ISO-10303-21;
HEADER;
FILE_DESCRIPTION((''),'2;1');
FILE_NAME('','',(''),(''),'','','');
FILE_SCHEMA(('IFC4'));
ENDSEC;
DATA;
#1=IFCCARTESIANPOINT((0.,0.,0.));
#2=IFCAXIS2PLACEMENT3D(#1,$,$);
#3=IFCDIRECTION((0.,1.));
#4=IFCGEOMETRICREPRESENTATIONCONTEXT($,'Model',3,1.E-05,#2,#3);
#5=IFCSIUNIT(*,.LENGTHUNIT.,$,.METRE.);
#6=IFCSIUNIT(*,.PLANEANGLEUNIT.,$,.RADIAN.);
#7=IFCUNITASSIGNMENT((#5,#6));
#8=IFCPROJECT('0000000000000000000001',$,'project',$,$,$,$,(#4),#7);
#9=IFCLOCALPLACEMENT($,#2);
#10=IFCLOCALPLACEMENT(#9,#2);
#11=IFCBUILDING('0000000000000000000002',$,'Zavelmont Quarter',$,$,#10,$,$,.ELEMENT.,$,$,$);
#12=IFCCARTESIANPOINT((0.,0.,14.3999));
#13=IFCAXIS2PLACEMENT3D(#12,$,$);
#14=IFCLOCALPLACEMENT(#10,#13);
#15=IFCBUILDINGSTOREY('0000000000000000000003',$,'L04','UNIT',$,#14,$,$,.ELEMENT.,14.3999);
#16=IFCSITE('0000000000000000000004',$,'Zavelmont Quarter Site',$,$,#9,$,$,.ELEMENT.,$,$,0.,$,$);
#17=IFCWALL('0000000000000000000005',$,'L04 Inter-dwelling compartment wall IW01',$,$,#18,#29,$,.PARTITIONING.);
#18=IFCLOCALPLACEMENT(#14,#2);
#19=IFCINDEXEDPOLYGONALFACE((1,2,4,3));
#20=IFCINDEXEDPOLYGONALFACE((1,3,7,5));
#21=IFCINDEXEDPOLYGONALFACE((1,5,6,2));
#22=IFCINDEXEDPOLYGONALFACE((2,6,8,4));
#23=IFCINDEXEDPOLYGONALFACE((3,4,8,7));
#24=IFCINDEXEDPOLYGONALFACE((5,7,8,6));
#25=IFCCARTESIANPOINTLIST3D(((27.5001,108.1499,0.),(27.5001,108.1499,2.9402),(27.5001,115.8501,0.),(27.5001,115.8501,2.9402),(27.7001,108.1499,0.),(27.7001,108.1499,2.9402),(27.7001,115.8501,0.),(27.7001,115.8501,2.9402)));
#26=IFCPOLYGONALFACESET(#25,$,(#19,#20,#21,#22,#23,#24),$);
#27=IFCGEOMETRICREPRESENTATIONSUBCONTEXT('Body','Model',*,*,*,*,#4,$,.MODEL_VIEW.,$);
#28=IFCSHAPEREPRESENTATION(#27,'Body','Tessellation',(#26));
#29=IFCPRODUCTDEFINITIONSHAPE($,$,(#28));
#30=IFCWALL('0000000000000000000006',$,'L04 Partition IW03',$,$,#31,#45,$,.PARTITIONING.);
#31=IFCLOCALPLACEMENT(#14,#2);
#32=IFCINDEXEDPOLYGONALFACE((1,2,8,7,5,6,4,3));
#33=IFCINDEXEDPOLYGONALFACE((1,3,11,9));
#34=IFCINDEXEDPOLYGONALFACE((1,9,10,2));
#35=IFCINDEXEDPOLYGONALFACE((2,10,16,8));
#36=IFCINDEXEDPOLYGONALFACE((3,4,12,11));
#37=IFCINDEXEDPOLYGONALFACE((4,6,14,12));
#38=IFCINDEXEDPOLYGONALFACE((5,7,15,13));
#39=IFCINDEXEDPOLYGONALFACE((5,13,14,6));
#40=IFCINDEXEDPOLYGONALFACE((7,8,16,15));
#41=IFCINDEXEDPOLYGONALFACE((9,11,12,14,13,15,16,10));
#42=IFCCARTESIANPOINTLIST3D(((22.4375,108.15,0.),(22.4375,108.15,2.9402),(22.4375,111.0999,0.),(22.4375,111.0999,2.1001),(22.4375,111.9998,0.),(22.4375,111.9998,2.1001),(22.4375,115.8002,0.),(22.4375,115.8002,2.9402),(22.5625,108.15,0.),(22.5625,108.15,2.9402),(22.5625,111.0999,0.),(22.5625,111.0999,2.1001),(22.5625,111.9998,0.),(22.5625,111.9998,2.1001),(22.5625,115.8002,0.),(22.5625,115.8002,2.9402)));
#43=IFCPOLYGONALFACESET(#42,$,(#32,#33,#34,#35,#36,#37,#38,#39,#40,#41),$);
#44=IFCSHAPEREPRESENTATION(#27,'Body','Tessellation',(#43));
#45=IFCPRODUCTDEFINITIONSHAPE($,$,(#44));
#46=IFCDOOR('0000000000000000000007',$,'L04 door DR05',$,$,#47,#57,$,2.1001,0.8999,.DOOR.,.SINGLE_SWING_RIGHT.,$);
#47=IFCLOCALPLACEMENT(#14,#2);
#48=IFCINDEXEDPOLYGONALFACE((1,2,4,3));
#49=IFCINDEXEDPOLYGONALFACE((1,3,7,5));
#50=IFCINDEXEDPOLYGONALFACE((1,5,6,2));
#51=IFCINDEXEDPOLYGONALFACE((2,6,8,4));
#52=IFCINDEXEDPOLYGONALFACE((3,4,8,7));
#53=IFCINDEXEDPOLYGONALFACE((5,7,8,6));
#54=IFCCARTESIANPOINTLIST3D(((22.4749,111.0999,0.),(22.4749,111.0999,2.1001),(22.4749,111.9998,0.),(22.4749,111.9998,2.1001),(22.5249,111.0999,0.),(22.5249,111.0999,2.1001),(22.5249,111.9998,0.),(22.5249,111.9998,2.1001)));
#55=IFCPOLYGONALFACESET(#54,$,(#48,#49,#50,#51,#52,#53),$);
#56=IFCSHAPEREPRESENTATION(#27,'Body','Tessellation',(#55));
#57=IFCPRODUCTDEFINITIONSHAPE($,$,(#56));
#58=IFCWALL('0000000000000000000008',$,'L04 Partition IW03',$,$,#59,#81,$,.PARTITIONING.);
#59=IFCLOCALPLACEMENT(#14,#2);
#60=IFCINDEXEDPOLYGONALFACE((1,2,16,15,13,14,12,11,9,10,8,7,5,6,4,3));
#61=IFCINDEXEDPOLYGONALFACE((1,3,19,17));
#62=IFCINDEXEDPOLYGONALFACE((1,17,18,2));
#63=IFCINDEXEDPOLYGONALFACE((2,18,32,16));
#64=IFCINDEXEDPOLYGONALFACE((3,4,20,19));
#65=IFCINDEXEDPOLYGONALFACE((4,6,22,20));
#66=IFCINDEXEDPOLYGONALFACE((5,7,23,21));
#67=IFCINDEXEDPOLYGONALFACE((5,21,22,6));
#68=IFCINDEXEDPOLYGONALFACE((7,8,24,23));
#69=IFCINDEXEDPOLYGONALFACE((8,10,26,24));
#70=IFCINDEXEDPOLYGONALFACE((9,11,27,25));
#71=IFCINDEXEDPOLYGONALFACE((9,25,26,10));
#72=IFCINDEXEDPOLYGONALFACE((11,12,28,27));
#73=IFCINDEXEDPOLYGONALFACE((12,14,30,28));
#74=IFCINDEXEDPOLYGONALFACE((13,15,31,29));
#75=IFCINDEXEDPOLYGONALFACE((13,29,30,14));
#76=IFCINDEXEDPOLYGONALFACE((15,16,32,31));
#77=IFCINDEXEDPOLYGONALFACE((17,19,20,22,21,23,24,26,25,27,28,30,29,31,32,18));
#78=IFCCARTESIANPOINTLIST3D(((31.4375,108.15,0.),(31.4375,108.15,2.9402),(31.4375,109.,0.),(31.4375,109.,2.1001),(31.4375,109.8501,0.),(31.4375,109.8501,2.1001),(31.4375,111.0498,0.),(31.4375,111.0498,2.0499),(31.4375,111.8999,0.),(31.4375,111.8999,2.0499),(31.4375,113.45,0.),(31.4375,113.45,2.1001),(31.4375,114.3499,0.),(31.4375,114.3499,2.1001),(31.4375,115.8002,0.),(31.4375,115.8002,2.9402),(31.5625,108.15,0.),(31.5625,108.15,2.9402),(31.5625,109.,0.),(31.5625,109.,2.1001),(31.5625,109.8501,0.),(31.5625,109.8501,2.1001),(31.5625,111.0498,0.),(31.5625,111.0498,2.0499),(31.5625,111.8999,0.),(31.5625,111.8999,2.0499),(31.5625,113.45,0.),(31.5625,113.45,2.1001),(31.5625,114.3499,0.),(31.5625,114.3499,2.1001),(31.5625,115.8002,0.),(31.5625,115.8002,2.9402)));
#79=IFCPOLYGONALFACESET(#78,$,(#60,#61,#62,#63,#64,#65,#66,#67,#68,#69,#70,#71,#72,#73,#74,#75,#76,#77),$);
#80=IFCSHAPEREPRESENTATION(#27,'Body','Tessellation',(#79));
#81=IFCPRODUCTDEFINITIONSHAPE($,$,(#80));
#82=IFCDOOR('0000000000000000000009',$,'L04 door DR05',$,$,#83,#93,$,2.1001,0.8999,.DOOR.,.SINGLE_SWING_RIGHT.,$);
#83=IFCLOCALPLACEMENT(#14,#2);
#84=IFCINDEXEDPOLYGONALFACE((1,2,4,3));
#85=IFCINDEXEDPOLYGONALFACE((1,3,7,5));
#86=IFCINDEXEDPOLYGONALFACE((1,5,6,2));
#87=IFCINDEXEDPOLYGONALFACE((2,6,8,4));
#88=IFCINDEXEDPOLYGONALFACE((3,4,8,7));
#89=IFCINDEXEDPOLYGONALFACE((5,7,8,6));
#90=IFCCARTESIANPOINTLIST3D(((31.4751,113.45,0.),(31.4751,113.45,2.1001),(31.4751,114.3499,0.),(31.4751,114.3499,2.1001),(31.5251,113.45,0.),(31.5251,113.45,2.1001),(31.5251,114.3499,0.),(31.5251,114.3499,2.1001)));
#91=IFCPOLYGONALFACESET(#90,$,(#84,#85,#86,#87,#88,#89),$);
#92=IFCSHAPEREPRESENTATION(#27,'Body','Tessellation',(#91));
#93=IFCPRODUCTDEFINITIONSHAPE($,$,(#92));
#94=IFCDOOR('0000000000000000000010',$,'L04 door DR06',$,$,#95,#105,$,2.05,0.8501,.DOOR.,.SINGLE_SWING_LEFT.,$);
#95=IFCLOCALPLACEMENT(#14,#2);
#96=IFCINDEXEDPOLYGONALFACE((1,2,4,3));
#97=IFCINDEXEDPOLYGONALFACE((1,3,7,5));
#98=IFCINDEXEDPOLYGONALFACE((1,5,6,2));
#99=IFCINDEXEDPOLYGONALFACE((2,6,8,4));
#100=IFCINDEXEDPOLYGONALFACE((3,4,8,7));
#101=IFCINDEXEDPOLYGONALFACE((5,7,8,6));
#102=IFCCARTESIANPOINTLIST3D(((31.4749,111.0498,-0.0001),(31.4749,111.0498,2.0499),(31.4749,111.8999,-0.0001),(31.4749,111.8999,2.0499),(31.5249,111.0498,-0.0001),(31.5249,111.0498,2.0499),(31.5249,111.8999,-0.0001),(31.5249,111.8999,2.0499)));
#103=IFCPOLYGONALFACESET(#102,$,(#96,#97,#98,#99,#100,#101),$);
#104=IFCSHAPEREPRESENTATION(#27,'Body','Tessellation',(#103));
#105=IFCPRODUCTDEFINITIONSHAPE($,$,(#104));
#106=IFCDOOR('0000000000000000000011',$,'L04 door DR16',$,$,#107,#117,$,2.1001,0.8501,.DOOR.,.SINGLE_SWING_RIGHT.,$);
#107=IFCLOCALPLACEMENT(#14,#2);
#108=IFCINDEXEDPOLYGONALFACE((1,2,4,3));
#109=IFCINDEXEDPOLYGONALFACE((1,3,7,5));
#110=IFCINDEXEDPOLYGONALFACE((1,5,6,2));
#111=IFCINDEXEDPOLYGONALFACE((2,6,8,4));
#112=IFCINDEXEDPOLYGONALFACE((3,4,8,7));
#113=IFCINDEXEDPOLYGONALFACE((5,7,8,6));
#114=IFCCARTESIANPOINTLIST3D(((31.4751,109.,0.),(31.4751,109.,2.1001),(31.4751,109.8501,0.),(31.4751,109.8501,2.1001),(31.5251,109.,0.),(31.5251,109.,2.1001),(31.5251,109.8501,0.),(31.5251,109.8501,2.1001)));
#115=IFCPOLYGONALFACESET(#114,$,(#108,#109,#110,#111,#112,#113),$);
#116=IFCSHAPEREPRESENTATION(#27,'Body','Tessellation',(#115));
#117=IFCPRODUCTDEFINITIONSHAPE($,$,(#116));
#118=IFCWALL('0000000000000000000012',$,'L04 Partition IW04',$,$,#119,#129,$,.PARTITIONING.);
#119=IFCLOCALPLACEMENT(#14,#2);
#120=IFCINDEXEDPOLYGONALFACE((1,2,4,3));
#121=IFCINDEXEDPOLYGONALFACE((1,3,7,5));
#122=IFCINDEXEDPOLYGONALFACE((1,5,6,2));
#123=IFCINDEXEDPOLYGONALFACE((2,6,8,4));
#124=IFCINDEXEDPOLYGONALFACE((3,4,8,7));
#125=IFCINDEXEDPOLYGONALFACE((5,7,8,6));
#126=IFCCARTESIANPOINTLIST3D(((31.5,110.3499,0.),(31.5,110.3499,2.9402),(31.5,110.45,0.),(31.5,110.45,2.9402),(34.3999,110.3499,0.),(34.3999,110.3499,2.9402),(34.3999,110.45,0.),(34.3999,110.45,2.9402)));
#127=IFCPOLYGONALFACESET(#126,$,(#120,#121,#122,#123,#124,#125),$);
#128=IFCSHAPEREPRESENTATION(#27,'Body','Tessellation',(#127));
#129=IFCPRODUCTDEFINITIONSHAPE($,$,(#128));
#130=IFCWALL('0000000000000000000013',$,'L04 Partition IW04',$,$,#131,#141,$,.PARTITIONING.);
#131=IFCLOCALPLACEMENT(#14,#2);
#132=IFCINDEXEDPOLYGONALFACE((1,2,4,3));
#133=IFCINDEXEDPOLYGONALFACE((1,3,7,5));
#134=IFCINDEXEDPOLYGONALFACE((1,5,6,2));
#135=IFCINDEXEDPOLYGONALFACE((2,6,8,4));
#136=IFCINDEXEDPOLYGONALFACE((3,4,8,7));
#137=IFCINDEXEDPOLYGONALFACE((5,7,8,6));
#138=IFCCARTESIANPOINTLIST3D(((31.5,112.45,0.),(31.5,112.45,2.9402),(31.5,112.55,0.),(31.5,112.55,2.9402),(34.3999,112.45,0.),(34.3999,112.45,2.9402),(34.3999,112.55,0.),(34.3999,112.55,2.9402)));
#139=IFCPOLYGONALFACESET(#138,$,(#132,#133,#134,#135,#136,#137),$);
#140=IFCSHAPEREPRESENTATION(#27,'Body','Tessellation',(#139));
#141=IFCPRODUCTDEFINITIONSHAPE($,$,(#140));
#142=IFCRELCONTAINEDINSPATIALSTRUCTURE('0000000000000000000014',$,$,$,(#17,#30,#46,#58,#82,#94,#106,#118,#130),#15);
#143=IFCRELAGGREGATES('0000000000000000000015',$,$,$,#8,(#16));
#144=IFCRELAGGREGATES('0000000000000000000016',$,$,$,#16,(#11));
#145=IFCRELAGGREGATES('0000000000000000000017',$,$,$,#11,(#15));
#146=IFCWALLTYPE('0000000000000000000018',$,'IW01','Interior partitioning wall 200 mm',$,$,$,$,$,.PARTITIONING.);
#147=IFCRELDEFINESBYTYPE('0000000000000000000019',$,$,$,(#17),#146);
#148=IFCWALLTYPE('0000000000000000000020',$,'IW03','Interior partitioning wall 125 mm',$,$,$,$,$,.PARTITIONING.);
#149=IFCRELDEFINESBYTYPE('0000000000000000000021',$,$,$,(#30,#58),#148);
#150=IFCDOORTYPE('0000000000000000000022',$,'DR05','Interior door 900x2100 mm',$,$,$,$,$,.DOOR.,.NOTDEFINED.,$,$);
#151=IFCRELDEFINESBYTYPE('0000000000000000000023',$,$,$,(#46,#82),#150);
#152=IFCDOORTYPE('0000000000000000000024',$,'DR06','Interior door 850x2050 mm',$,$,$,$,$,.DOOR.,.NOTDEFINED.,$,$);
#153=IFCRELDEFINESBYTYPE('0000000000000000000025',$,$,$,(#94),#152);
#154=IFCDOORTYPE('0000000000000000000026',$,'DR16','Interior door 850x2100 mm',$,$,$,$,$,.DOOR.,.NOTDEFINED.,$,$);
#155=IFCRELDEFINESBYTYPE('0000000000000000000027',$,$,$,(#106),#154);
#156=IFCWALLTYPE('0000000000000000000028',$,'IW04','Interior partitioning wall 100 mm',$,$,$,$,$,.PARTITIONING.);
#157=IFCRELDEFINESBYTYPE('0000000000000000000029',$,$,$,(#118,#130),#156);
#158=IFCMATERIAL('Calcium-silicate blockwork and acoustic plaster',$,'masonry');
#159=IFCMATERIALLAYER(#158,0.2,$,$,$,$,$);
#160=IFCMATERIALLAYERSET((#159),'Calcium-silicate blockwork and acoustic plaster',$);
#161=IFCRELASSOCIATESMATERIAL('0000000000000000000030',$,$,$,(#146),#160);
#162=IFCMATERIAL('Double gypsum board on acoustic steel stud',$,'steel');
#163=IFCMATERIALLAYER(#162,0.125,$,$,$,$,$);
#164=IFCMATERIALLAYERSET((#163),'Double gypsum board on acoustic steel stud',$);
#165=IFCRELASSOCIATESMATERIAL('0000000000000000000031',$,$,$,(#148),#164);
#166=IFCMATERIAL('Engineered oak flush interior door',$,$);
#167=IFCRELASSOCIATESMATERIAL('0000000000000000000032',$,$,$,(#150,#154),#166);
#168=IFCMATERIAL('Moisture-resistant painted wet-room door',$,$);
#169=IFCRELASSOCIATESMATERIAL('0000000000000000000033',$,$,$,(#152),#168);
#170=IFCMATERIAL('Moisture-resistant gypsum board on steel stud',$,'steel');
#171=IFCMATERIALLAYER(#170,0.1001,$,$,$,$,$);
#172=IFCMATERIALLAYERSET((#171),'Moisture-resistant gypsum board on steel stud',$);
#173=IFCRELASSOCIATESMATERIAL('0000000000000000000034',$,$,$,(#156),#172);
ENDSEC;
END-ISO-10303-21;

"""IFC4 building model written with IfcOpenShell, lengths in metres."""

from ifc_helpers import new_model, si_unit, direction, frame, frame_2d, origin, origin_with_axes, place, context, subcontext, project, spatial, rectangle, extrude, material, layer, layer_set, type_object, element, fill, save


model = new_model("IFC4")

# Units and contexts
model_context = context("Model", 3, precision=1e-05, world=origin(), true_north=direction((0.0, 1.0)))
body_context = subcontext(model_context, "Body", "Model", "MODEL_VIEW")
ifc_project = project(units=[si_unit("LENGTHUNIT", "METRE"), si_unit("PLANEANGLEUNIT", "RADIAN")], contexts=[model_context])

# Site, building, storey
site_placement = place(None, origin())
site = spatial("IfcSite", under=ifc_project, at=site_placement, Name="Zavelmont Quarter Site", CompositionType="ELEMENT", RefElevation=0.0)
building_placement = place(site_placement, origin())
building = spatial("IfcBuilding", under=site, at=building_placement, Name="Zavelmont Quarter", CompositionType="ELEMENT")
storey_placement = place(building_placement, frame((0.0, 0.0, 14.3999)))
storey = spatial("IfcBuildingStorey", under=building, at=storey_placement, Name="L04", Description="UNIT", CompositionType="ELEMENT", Elevation=14.3999)

# Wall
ifc_material_1 = material(Name="Calcium-silicate blockwork and acoustic plaster", Category="masonry")
ifc_layer_1 = layer(ifc_material_1, 0.2)
ifc_layer_set_1 = layer_set([ifc_layer_1], Name="Calcium-silicate blockwork and acoustic plaster")
wall_type_1 = type_object("IfcWallType", Name="IW01", Description="Interior partitioning wall 200 mm", PredefinedType="PARTITIONING", material=ifc_layer_set_1)
wall_1_placement = place(storey_placement, frame((27.6001, 108.1499, 0.0), z_axis=(0.0, 0.0, 1.0), x_axis=(0.0, 1.0, 0.0)))
element("IfcWall", 1, at=wall_1_placement, inside=storey, type_object=wall_type_1, Name="L04 Inter-dwelling compartment wall IW01", PredefinedType="PARTITIONING", context=body_context, shape_type="SweptSolid", body=[
    extrude(rectangle(XDim=7.7002, YDim=0.2, at=frame_2d((3.8501, 0.0))), origin(), (0.0, 0.0, 1.0), 2.9402),
])

# Wall, opening, door
ifc_material_2 = material(Name="Double gypsum board on acoustic steel stud", Category="steel")
ifc_layer_2 = layer(ifc_material_2, 0.125)
ifc_layer_set_2 = layer_set([ifc_layer_2], Name="Double gypsum board on acoustic steel stud")
wall_type_2 = type_object("IfcWallType", Name="IW03", Description="Interior partitioning wall 125 mm", PredefinedType="PARTITIONING", material=ifc_layer_set_2)
wall_2_placement = place(storey_placement, frame((22.5, 108.1499, 0.0), z_axis=(0.0, 0.0, 1.0), x_axis=(0.0, 1.0, 0.0)))
wall_2 = element("IfcWall", 2, at=wall_2_placement, inside=storey, type_object=wall_type_2, Name="L04 Partition IW03", PredefinedType="PARTITIONING", context=body_context, shape_type="SweptSolid", body=[
    extrude(rectangle(XDim=7.6501, YDim=0.125, at=frame_2d((3.8252, 0.0))), origin(), (0.0, 0.0, 1.0), 2.9402),
])
opening_1_placement = place(wall_2_placement, frame((2.95, 0.0, 0.0)))
opening_1 = element("IfcOpeningElement", 3, at=opening_1_placement, cuts=wall_2, PredefinedType="OPENING", context=body_context, shape_type="SweptSolid", body=[
    extrude(rectangle(XDim=0.8999, YDim=2.1001, at=frame_2d((0.45, 1.05))), frame((0.0, 0.0745, 0.0), z_axis=(0.0, -1.0, 0.0), x_axis=(1.0, 0.0, 0.0)), (0.0, 0.0, 1.0), 0.1489),
])
ifc_material_3 = material(Name="Engineered oak flush interior door")
door_type_1 = type_object("IfcDoorType", Name="DR05", Description="Interior door 900x2100 mm", OperationType="NOTDEFINED", PredefinedType="DOOR", material=ifc_material_3)
door_1_placement = place(opening_1_placement, frame((0.8999, 0.0, 0.0), z_axis=(0.0, 0.0, 1.0), x_axis=(-1.0, 0.0, 0.0)))
door_1 = element("IfcDoor", 4, at=door_1_placement, inside=storey, type_object=door_type_1, Name="L04 door DR05", OperationType="SINGLE_SWING_RIGHT", OverallHeight=2.1001, OverallWidth=0.8999, PredefinedType="DOOR", context=body_context, shape_type="SweptSolid", body=[
    extrude(rectangle(XDim=0.8999, YDim=2.1001, at=frame_2d((0.45, 1.05))), frame((0.0, 0.0249, 0.0), z_axis=(0.0, -1.0, 0.0), x_axis=(1.0, 0.0, 0.0)), (0.0, 0.0, 1.0), 0.05),
])
fill(opening_1, door_1)

# Wall, openings, doors
wall_3_placement = place(storey_placement, frame((31.5, 108.1499, 0.0), z_axis=(0.0, 0.0, 1.0), x_axis=(0.0, 1.0, 0.0)))
wall_3 = element("IfcWall", 5, at=wall_3_placement, inside=storey, type_object=wall_type_2, Name="L04 Partition IW03", PredefinedType="PARTITIONING", context=body_context, shape_type="SweptSolid", body=[
    extrude(rectangle(XDim=7.6501, YDim=0.125, at=frame_2d((3.8252, 0.0))), origin(), (0.0, 0.0, 1.0), 2.9402),
])
opening_2_placement = place(wall_3_placement, frame((0.8501, 0.0, 0.0)))
opening_2 = element("IfcOpeningElement", 6, at=opening_2_placement, cuts=wall_3, PredefinedType="OPENING", context=body_context, shape_type="SweptSolid", body=[
    extrude(rectangle(XDim=0.8501, YDim=2.1001, at=frame_2d((0.425, 1.05))), frame((0.0, 0.0745, 0.0), z_axis=(0.0, -1.0, 0.0), x_axis=(1.0, 0.0, 0.0)), (0.0, 0.0, 1.0), 0.1489),
])
opening_3_placement = place(wall_3_placement, frame((2.8999, 0.0, 0.0)))
opening_3 = element("IfcOpeningElement", 7, at=opening_3_placement, cuts=wall_3, PredefinedType="OPENING", context=body_context, shape_type="SweptSolid", body=[
    extrude(rectangle(XDim=0.8501, YDim=2.05, at=frame_2d((0.425, 1.0249))), frame((0.0, 0.0745, 0.0), z_axis=(0.0, -1.0, 0.0), x_axis=(1.0, 0.0, 0.0)), (0.0, 0.0, 1.0), 0.1489),
])
opening_4_placement = place(wall_3_placement, frame((5.3, 0.0, 0.0)))
opening_4 = element("IfcOpeningElement", 8, at=opening_4_placement, cuts=wall_3, PredefinedType="OPENING", context=body_context, shape_type="SweptSolid", body=[
    extrude(rectangle(XDim=0.8999, YDim=2.1001, at=frame_2d((0.45, 1.05))), frame((0.0, 0.0745, 0.0), z_axis=(0.0, -1.0, 0.0), x_axis=(1.0, 0.0, 0.0)), (0.0, 0.0, 1.0), 0.1489),
])
door_2_placement = place(opening_4_placement, origin_with_axes())
door_2 = element("IfcDoor", 9, at=door_2_placement, inside=storey, type_object=door_type_1, Name="L04 door DR05", OperationType="SINGLE_SWING_RIGHT", OverallHeight=2.1001, OverallWidth=0.8999, PredefinedType="DOOR", context=body_context, shape_type="SweptSolid", body=[
    extrude(rectangle(XDim=0.8999, YDim=2.1001, at=frame_2d((0.45, 1.05))), frame((0.0, 0.0249, 0.0), z_axis=(0.0, -1.0, 0.0), x_axis=(1.0, 0.0, 0.0)), (0.0, 0.0, 1.0), 0.05),
])
fill(opening_4, door_2)
ifc_material_4 = material(Name="Moisture-resistant painted wet-room door")
door_type_2 = type_object("IfcDoorType", Name="DR06", Description="Interior door 850x2050 mm", OperationType="NOTDEFINED", PredefinedType="DOOR", material=ifc_material_4)
door_3_placement = place(opening_3_placement, frame((0.8501, 0.0, 0.0), z_axis=(0.0, 0.0, 1.0), x_axis=(-1.0, 0.0, 0.0)))
door_3 = element("IfcDoor", 10, at=door_3_placement, inside=storey, type_object=door_type_2, Name="L04 door DR06", OperationType="SINGLE_SWING_LEFT", OverallHeight=2.05, OverallWidth=0.8501, PredefinedType="DOOR", context=body_context, shape_type="SweptSolid", body=[
    extrude(rectangle(XDim=0.8501, YDim=2.05, at=frame_2d((0.425, 1.0249))), frame((0.0, 0.0249, 0.0), z_axis=(0.0, -1.0, 0.0), x_axis=(1.0, 0.0, 0.0)), (0.0, 0.0, 1.0), 0.05),
])
fill(opening_3, door_3)
door_type_3 = type_object("IfcDoorType", Name="DR16", Description="Interior door 850x2100 mm", OperationType="NOTDEFINED", PredefinedType="DOOR", material=ifc_material_3)
door_4_placement = place(opening_2_placement, origin_with_axes())
door_4 = element("IfcDoor", 11, at=door_4_placement, inside=storey, type_object=door_type_3, Name="L04 door DR16", OperationType="SINGLE_SWING_RIGHT", OverallHeight=2.1001, OverallWidth=0.8501, PredefinedType="DOOR", context=body_context, shape_type="SweptSolid", body=[
    extrude(rectangle(XDim=0.8501, YDim=2.1001, at=frame_2d((0.425, 1.05))), frame((0.0, 0.0249, 0.0), z_axis=(0.0, -1.0, 0.0), x_axis=(1.0, 0.0, 0.0)), (0.0, 0.0, 1.0), 0.05),
])
fill(opening_2, door_4)

# Walls
ifc_material_5 = material(Name="Moisture-resistant gypsum board on steel stud", Category="steel")
ifc_layer_3 = layer(ifc_material_5, 0.1001)
ifc_layer_set_3 = layer_set([ifc_layer_3], Name="Moisture-resistant gypsum board on steel stud")
wall_type_3 = type_object("IfcWallType", Name="IW04", Description="Interior partitioning wall 100 mm", PredefinedType="PARTITIONING", material=ifc_layer_set_3)
for number, where, z_axis, x_axis, name in (
    (12, (31.5, 110.3999, 0.0), (0.0, 0.0, 1.0), (1.0, 0.0, 0.0), "L04 Partition IW04"),
    (13, (31.5, 112.5, 0.0), (0.0, 0.0, 1.0), (1.0, 0.0, 0.0), "L04 Partition IW04"),
):
    element("IfcWall", number, at=place(storey_placement, frame(where, z_axis=z_axis, x_axis=x_axis)), inside=storey, type_object=wall_type_3, Name=name, PredefinedType="PARTITIONING", context=body_context, shape_type="SweptSolid", body=[
        extrude(rectangle(XDim=2.8999, YDim=0.1001, at=frame_2d((1.45, 0.0))), origin(), (0.0, 0.0, 1.0), 2.9402),
    ])

save(model, "model.ifc")
